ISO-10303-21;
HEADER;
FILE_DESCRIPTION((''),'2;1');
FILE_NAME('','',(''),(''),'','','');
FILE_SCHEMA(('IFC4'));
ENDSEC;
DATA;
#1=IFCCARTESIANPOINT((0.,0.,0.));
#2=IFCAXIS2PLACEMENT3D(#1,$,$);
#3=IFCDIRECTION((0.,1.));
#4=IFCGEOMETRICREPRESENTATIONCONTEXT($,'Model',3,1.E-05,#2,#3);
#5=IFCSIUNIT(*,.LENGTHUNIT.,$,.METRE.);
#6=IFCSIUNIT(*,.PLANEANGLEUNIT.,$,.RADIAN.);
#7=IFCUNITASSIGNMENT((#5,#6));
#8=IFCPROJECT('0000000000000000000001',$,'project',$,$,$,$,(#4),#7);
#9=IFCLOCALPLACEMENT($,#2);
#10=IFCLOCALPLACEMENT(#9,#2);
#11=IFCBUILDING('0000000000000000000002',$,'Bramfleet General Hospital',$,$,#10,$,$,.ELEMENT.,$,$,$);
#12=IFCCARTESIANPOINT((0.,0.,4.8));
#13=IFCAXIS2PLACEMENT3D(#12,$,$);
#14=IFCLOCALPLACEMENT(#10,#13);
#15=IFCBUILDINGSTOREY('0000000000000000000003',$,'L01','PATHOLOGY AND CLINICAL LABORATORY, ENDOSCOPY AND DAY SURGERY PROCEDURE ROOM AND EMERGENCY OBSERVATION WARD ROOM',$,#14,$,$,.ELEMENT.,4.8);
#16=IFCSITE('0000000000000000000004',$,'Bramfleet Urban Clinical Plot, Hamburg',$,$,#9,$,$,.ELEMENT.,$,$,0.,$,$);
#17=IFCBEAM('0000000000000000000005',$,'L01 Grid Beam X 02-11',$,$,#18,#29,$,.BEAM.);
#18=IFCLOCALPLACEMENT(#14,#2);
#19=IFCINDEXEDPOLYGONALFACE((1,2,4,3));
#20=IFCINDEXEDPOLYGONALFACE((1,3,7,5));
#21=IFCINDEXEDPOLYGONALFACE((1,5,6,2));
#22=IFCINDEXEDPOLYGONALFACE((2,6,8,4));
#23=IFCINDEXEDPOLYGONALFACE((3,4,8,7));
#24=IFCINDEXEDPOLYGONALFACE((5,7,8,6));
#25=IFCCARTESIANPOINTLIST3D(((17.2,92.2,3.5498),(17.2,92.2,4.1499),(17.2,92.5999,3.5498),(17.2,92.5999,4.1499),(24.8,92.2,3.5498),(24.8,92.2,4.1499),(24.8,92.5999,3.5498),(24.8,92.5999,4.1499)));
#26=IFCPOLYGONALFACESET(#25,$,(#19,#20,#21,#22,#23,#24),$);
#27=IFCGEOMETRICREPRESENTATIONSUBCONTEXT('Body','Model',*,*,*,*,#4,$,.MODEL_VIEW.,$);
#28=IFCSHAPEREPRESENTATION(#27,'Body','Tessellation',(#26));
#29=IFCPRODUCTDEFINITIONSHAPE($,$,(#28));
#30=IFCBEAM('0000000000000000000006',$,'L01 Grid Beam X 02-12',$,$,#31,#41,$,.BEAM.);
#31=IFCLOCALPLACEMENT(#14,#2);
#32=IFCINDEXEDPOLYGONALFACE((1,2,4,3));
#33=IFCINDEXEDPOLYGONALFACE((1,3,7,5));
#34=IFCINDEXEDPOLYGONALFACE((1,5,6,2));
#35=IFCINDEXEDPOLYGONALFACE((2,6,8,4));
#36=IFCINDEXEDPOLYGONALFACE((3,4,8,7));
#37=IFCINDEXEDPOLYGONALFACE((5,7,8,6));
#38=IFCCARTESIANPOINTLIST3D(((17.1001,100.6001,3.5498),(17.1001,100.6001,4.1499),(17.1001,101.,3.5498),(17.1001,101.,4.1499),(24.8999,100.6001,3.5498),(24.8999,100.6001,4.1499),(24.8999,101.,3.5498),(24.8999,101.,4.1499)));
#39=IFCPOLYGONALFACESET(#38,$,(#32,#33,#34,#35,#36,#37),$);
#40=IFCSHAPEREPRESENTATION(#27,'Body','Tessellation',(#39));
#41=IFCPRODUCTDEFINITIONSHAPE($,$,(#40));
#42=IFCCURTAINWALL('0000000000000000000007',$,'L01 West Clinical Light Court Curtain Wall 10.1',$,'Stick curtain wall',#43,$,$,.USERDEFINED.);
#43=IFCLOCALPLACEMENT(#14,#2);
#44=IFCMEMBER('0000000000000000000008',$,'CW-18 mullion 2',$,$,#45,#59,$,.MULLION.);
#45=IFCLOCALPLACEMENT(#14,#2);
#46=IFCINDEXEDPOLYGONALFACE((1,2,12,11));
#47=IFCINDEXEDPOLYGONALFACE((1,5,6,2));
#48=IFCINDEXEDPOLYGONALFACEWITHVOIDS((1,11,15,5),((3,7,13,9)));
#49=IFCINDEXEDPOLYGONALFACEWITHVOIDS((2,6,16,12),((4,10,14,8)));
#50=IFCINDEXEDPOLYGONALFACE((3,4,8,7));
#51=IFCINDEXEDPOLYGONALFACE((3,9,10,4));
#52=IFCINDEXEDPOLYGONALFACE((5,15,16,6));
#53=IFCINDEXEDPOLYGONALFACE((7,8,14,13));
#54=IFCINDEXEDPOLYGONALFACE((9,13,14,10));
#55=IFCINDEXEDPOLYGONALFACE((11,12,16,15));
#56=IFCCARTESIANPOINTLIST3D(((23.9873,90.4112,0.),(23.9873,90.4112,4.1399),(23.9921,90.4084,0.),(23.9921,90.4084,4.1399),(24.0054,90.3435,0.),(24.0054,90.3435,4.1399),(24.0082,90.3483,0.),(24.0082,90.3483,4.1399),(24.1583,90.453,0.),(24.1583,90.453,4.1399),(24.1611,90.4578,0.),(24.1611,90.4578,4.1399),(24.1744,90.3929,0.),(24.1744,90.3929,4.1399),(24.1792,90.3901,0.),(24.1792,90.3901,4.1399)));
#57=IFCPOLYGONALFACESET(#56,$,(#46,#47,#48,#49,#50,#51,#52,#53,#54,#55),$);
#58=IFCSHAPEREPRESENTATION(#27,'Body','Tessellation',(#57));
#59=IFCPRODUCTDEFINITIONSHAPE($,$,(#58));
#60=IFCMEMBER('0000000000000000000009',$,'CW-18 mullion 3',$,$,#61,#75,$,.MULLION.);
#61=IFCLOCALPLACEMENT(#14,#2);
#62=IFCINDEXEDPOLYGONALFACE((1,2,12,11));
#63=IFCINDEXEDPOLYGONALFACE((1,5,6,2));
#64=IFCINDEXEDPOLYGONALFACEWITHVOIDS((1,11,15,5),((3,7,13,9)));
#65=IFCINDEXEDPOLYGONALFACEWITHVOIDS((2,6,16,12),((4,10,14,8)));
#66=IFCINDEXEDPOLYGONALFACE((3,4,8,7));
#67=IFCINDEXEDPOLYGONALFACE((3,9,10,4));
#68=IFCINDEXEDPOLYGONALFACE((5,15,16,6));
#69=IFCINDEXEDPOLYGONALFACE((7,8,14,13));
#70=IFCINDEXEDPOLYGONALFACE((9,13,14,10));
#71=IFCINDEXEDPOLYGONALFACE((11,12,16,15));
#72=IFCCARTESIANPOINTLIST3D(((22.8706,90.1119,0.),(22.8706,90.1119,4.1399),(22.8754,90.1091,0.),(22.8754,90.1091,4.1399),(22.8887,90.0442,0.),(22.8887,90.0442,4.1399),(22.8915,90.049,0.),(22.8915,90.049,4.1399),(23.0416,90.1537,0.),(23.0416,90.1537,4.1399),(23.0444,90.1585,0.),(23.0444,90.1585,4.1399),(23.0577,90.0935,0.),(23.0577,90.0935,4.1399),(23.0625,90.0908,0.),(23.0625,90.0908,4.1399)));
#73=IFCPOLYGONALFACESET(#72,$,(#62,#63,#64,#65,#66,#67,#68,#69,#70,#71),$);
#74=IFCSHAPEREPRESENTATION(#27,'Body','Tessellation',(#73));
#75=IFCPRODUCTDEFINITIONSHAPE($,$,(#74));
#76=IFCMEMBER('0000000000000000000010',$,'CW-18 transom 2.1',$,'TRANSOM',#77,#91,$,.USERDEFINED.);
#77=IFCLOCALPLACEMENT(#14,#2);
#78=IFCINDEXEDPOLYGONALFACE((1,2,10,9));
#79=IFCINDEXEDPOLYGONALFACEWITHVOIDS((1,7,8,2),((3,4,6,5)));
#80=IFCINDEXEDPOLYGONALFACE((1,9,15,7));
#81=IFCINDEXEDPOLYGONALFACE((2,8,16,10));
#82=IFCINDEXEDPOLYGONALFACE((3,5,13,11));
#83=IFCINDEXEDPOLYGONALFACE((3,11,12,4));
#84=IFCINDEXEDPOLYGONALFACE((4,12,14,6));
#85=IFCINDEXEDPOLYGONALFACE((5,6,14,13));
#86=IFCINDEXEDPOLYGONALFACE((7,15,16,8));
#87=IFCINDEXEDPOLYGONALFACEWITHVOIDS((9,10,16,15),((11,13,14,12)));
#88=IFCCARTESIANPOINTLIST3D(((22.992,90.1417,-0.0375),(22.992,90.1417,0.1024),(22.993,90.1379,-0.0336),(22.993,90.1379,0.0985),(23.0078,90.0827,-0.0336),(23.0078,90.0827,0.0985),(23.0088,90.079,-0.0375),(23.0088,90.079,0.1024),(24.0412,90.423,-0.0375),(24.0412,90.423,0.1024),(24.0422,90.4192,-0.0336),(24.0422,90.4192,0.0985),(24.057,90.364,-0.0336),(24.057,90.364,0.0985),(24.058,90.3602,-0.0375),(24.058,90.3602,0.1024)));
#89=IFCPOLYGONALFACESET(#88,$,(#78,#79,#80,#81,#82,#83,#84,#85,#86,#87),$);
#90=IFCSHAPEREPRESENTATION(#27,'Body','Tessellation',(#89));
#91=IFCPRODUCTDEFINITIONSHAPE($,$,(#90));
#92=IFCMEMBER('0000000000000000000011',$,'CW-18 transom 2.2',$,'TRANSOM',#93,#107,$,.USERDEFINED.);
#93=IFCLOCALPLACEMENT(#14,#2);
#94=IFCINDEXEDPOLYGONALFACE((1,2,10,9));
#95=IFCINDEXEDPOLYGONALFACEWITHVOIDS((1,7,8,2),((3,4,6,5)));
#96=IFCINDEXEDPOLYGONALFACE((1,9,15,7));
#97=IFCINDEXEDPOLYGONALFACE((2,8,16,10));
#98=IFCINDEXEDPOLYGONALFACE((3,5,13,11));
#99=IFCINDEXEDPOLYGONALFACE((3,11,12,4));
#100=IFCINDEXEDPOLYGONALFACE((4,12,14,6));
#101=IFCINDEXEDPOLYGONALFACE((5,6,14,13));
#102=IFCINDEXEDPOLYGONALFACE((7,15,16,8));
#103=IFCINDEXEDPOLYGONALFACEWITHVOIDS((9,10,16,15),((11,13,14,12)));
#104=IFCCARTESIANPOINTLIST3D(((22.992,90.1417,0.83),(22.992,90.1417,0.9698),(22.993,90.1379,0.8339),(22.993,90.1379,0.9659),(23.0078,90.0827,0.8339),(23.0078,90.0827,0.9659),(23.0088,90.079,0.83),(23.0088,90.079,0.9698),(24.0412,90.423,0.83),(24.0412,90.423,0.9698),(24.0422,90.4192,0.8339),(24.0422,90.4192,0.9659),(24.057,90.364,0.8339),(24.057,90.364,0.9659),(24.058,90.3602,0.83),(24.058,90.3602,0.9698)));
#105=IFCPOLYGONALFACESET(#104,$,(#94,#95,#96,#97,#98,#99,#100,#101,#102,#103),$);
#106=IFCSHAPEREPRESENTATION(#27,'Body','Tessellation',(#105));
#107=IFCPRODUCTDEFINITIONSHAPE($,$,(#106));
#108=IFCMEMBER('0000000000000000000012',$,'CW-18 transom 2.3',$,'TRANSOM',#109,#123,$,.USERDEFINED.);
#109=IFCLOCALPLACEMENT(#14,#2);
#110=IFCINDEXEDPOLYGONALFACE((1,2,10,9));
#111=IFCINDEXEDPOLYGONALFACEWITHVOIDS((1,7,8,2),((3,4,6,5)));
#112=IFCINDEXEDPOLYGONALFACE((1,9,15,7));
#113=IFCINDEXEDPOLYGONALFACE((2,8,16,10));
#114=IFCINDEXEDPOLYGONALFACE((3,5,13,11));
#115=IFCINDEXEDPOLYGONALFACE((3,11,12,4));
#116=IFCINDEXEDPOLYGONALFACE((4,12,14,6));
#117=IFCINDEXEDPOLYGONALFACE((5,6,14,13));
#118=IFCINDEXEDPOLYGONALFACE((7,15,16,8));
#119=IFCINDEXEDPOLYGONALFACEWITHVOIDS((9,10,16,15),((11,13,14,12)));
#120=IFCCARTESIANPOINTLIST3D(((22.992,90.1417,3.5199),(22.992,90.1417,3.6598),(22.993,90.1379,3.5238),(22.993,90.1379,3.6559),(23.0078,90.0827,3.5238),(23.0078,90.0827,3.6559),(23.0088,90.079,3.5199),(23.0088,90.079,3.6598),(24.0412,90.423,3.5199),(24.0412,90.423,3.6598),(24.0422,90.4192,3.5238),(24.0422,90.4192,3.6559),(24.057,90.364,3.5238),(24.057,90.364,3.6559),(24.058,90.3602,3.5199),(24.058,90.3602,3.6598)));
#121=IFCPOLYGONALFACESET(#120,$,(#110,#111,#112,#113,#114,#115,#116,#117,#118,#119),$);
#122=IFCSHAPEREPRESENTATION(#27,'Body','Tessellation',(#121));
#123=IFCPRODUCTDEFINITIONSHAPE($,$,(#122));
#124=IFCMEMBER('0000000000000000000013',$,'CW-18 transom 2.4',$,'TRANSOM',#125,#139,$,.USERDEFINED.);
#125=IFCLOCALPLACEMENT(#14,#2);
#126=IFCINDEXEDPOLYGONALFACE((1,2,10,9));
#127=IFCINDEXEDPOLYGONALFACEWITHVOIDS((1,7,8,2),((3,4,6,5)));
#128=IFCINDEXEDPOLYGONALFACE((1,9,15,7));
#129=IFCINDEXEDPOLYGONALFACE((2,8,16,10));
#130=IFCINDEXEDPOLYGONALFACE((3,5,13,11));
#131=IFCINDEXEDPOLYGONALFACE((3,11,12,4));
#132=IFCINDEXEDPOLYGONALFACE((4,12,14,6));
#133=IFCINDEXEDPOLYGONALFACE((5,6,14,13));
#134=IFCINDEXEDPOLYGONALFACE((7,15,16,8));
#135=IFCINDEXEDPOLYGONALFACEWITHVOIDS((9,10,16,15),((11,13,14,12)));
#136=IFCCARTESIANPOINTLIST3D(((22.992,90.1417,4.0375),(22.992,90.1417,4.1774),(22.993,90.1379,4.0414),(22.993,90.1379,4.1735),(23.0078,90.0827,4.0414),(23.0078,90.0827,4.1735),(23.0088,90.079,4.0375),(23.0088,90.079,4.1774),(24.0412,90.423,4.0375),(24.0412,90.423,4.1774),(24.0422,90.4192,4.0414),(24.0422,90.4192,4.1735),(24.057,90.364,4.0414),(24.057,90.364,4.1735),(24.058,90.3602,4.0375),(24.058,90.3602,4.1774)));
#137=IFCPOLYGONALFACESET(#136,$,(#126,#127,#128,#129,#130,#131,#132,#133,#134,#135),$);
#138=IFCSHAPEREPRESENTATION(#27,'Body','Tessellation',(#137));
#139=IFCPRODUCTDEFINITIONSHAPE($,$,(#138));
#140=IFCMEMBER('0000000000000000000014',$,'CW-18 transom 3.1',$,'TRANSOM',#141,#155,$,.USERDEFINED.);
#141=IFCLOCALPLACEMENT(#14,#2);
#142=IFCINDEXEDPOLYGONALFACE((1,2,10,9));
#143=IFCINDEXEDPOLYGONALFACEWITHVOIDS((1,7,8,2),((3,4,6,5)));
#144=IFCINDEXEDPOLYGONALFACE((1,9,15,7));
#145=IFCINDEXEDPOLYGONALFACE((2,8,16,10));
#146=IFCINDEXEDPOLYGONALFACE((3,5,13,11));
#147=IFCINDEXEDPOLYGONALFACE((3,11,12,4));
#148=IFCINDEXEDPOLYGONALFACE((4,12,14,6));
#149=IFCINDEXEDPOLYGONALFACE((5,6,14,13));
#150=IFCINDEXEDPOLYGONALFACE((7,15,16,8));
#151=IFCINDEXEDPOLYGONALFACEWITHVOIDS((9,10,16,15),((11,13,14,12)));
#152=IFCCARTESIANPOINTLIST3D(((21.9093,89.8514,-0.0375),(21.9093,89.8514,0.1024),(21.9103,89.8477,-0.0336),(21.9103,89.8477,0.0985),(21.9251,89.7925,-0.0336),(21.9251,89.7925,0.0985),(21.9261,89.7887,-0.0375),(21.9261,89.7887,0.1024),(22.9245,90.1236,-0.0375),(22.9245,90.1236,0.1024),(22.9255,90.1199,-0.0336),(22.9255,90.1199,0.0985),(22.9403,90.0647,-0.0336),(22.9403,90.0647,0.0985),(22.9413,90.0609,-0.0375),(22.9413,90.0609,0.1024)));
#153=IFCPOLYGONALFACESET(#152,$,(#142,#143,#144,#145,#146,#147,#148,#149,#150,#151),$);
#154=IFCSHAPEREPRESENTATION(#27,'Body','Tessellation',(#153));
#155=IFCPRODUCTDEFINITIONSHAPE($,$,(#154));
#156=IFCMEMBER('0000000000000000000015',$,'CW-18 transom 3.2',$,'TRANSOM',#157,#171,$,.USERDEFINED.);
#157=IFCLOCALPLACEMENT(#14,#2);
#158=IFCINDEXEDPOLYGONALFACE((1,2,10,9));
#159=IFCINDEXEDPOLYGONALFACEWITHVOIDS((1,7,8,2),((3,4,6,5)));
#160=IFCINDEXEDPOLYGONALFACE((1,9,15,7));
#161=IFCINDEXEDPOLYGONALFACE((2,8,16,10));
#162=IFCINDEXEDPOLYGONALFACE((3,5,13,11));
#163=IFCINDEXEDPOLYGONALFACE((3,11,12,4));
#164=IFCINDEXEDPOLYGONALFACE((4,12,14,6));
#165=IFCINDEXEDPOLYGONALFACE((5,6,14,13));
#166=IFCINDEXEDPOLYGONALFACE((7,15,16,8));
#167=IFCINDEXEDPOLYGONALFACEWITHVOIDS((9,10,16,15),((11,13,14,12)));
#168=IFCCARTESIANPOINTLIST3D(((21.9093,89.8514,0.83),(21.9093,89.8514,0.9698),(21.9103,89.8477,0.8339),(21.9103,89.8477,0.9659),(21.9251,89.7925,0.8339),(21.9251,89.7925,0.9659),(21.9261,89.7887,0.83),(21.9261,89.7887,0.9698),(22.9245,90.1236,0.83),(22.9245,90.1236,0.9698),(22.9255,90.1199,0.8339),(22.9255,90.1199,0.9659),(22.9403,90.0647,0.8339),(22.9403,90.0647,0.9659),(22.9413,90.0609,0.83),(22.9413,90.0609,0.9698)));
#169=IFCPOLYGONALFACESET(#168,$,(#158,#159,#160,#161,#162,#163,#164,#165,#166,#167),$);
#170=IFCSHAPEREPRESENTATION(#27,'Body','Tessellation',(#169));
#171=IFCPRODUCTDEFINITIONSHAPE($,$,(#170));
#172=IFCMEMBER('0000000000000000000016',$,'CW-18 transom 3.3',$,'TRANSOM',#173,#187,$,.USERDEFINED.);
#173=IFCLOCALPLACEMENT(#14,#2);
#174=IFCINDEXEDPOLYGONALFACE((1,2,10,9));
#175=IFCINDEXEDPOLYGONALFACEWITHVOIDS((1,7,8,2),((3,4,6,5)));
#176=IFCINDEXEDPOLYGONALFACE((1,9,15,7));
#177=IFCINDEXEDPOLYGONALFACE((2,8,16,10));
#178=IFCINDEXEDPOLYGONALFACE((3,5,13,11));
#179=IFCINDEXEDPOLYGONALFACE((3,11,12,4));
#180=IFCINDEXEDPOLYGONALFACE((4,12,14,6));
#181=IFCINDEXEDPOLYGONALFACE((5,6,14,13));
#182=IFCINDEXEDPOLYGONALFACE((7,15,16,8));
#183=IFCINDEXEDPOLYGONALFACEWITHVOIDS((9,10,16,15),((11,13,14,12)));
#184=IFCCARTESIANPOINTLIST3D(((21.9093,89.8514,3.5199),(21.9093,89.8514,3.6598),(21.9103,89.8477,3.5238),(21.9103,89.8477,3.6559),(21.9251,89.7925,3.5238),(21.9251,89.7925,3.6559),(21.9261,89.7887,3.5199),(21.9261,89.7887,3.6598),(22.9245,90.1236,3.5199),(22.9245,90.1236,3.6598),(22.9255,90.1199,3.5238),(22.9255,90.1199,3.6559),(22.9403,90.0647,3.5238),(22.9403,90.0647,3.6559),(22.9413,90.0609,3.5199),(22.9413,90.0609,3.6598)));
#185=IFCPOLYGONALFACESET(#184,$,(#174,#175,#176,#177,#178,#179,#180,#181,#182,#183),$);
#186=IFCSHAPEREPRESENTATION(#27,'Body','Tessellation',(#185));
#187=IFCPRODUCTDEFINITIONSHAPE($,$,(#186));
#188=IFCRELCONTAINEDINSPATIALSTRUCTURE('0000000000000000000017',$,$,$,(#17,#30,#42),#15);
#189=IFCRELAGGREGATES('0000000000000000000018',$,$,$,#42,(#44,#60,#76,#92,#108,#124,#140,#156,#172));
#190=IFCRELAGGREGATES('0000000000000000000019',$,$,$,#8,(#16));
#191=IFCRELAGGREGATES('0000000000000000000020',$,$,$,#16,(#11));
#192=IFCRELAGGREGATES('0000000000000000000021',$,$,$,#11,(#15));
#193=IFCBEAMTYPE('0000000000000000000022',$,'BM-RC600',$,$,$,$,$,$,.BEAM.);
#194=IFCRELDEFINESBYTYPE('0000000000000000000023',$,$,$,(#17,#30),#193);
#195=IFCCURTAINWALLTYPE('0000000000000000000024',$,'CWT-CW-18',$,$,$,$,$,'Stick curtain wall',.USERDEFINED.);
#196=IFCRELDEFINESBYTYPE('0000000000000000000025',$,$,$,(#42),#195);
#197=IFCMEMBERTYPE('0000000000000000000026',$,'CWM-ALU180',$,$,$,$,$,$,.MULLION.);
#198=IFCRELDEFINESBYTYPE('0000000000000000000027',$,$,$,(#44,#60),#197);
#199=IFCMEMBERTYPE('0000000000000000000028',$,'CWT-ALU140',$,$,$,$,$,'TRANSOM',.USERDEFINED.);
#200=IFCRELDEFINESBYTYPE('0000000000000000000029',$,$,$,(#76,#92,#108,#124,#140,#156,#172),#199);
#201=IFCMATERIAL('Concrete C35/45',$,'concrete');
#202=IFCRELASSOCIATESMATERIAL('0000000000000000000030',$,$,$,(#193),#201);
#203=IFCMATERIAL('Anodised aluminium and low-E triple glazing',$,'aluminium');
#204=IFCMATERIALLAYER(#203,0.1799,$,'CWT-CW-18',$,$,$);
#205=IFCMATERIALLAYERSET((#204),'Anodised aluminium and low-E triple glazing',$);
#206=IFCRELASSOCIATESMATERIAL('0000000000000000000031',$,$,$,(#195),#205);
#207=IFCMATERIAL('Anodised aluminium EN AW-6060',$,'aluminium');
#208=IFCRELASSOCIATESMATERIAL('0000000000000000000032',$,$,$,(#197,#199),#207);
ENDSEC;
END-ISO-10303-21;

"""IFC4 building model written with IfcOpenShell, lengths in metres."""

from ifc_helpers import new_model, si_unit, direction, frame, origin, origin_2d, place, context, subcontext, project, spatial, rectangle, hollow_rectangle, extrude, material, layer, layer_set, material_profile, profile_set, type_object, element, aggregate, save


model = new_model("IFC4")

# Units and contexts
model_context = context("Model", 3, precision=1e-05, world=origin(), true_north=direction((0.0, 1.0)))
body_context = subcontext(model_context, "Body", "Model", "MODEL_VIEW")
ifc_project = project(units=[si_unit("LENGTHUNIT", "METRE"), si_unit("PLANEANGLEUNIT", "RADIAN")], contexts=[model_context])

# Site, building, storey
site_placement = place(None, origin())
site = spatial("IfcSite", under=ifc_project, at=site_placement, Name="Bramfleet Urban Clinical Plot, Hamburg", CompositionType="ELEMENT", RefElevation=0.0)
building_placement = place(site_placement, origin())
building = spatial("IfcBuilding", under=site, at=building_placement, Name="Bramfleet General Hospital", CompositionType="ELEMENT")
storey_placement = place(building_placement, frame((0.0, 0.0, 4.8)))
storey = spatial("IfcBuildingStorey", under=building, at=storey_placement, Name="L01", Description="PATHOLOGY AND CLINICAL LABORATORY, ENDOSCOPY AND DAY SURGERY PROCEDURE ROOM AND EMERGENCY OBSERVATION WARD ROOM", CompositionType="ELEMENT", Elevation=4.8)

# Beams
ifc_material_1 = material(Name="Concrete C35/45", Category="concrete")
ifc_material_profile_1 = material_profile(ifc_material_1, rectangle(XDim=0.3999, YDim=0.6001, at=origin_2d()), Name="RC BM 600x400")
ifc_profile_set_1 = profile_set([ifc_material_profile_1], Name="Concrete C35/45")
beam_type = type_object("IfcBeamType", Name="BM-RC600", PredefinedType="BEAM", material=ifc_profile_set_1)
beam_1_placement = place(storey_placement, frame((17.2, 92.3999, 3.8499), z_axis=(1.0, 0.0, 0.0), x_axis=(0.0, 1.0, 0.0)))
element("IfcBeam", 1, at=beam_1_placement, inside=storey, type_object=beam_type, Name="L01 Grid Beam X 02-11", PredefinedType="BEAM", context=body_context, shape_type="SweptSolid", body=[
    extrude(rectangle(XDim=0.3999, YDim=0.6001, at=origin_2d()), origin(), (0.0, 0.0, 1.0), 7.6001),
])
beam_2_placement = place(storey_placement, frame((17.1001, 100.8, 3.8499), z_axis=(1.0, 0.0, 0.0), x_axis=(0.0, 1.0, 0.0)))
element("IfcBeam", 2, at=beam_2_placement, inside=storey, type_object=beam_type, Name="L01 Grid Beam X 02-12", PredefinedType="BEAM", context=body_context, shape_type="SweptSolid", body=[
    extrude(rectangle(XDim=0.3999, YDim=0.6001, at=origin_2d()), origin(), (0.0, 0.0, 1.0), 7.7998),
])

# Curtain wall, members
ifc_material_2 = material(Name="Anodised aluminium and low-E triple glazing", Category="aluminium")
ifc_layer_1 = layer(ifc_material_2, 0.1799, Name="CWT-CW-18")
ifc_layer_set_1 = layer_set([ifc_layer_1], Name="Anodised aluminium and low-E triple glazing")
curtain_wall_type = type_object("IfcCurtainWallType", Name="CWT-CW-18", ElementType="Stick curtain wall", PredefinedType="USERDEFINED", material=ifc_layer_set_1)
curtain_wall_placement = place(storey_placement, origin())
curtain_wall = element("IfcCurtainWall", 3, at=curtain_wall_placement, inside=storey, type_object=curtain_wall_type, Name="L01 West Clinical Light Court Curtain Wall 10.1", ObjectType="Stick curtain wall", PredefinedType="USERDEFINED")
ifc_material_3 = material(Name="Anodised aluminium EN AW-6060", Category="aluminium")
ifc_material_profile_2 = material_profile(ifc_material_3, hollow_rectangle(XDim=0.0701, YDim=0.1799, WallThickness=0.0039, at=origin_2d()), Name="ALU 180x70x4.0")
ifc_profile_set_2 = profile_set([ifc_material_profile_2], Name="Anodised aluminium EN AW-6060")
member_type_1 = type_object("IfcMemberType", Name="CWM-ALU180", PredefinedType="MULLION", material=ifc_profile_set_2)
member_1_placement = place(storey_placement, frame((24.0833, 90.4006, 0.0), z_axis=(0.0, 0.0, 1.0), x_axis=(0.258919, -0.965899, 0.0)))
member_1 = element("IfcMember", 4, at=member_1_placement, type_object=member_type_1, Name="CW-18 mullion 2", PredefinedType="MULLION", context=body_context, shape_type="SweptSolid", body=[
    extrude(hollow_rectangle(XDim=0.0701, YDim=0.1799, WallThickness=0.0039, at=origin_2d()), origin(), (0.0, 0.0, 1.0), 4.1399),
])
member_2_placement = place(storey_placement, frame((22.9666, 90.1013, 0.0), z_axis=(0.0, 0.0, 1.0), x_axis=(0.258919, -0.965899, 0.0)))
member_2 = element("IfcMember", 5, at=member_2_placement, type_object=member_type_1, Name="CW-18 mullion 3", PredefinedType="MULLION", context=body_context, shape_type="SweptSolid", body=[
    extrude(hollow_rectangle(XDim=0.0701, YDim=0.1799, WallThickness=0.0039, at=origin_2d()), origin(), (0.0, 0.0, 1.0), 4.1399),
])
ifc_material_profile_3 = material_profile(ifc_material_3, hollow_rectangle(XDim=0.0649, YDim=0.1399, WallThickness=0.0039, at=origin_2d()), Name="ALU 140x65x4.0")
ifc_profile_set_3 = profile_set([ifc_material_profile_3], Name="Anodised aluminium EN AW-6060")
member_type_2 = type_object("IfcMemberType", Name="CWT-ALU140", ElementType="TRANSOM", PredefinedType="USERDEFINED", material=ifc_profile_set_3)
member_3_placement = place(storey_placement, frame((24.0496, 90.3916, 0.0325), z_axis=(-0.965891, -0.25895, 0.0), x_axis=(0.25895, -0.965891, 0.0)))
member_3 = element("IfcMember", 6, at=member_3_placement, type_object=member_type_2, Name="CW-18 transom 2.1", ObjectType="TRANSOM", PredefinedType="USERDEFINED", context=body_context, shape_type="SweptSolid", body=[
    extrude(hollow_rectangle(XDim=0.0649, YDim=0.1399, WallThickness=0.0039, at=origin_2d()), origin(), (0.0, 0.0, 1.0), 1.0862),
])
member_4_placement = place(storey_placement, frame((24.0496, 90.3916, 0.8999), z_axis=(-0.965891, -0.25895, 0.0), x_axis=(0.25895, -0.965891, 0.0)))
member_4 = element("IfcMember", 7, at=member_4_placement, type_object=member_type_2, Name="CW-18 transom 2.2", ObjectType="TRANSOM", PredefinedType="USERDEFINED", context=body_context, shape_type="SweptSolid", body=[
    extrude(hollow_rectangle(XDim=0.0649, YDim=0.1399, WallThickness=0.0039, at=origin_2d()), origin(), (0.0, 0.0, 1.0), 1.0862),
])
member_5_placement = place(storey_placement, frame((24.0496, 90.3916, 3.5898), z_axis=(-0.965891, -0.25895, 0.0), x_axis=(0.25895, -0.965891, 0.0)))
member_5 = element("IfcMember", 8, at=member_5_placement, type_object=member_type_2, Name="CW-18 transom 2.3", ObjectType="TRANSOM", PredefinedType="USERDEFINED", context=body_context, shape_type="SweptSolid", body=[
    extrude(hollow_rectangle(XDim=0.0649, YDim=0.1399, WallThickness=0.0039, at=origin_2d()), origin(), (0.0, 0.0, 1.0), 1.0862),
])
member_6_placement = place(storey_placement, frame((24.0496, 90.3916, 4.1074), z_axis=(-0.965891, -0.25895, 0.0), x_axis=(0.25895, -0.965891, 0.0)))
member_6 = element("IfcMember", 9, at=member_6_placement, type_object=member_type_2, Name="CW-18 transom 2.4", ObjectType="TRANSOM", PredefinedType="USERDEFINED", context=body_context, shape_type="SweptSolid", body=[
    extrude(hollow_rectangle(XDim=0.0649, YDim=0.1399, WallThickness=0.0039, at=origin_2d()), origin(), (0.0, 0.0, 1.0), 1.0862),
])
member_7_placement = place(storey_placement, frame((22.9329, 90.0923, 0.0325), z_axis=(-0.965875, -0.259007, 0.0), x_axis=(0.259007, -0.965875, 0.0)))
member_7 = element("IfcMember", 10, at=member_7_placement, type_object=member_type_2, Name="CW-18 transom 3.1", ObjectType="TRANSOM", PredefinedType="USERDEFINED", context=body_context, shape_type="SweptSolid", body=[
    extrude(hollow_rectangle(XDim=0.0649, YDim=0.1399, WallThickness=0.0039, at=origin_2d()), origin(), (0.0, 0.0, 1.0), 1.051),
])
member_8_placement = place(storey_placement, frame((22.9329, 90.0923, 0.8999), z_axis=(-0.965875, -0.259007, 0.0), x_axis=(0.259007, -0.965875, 0.0)))
member_8 = element("IfcMember", 11, at=member_8_placement, type_object=member_type_2, Name="CW-18 transom 3.2", ObjectType="TRANSOM", PredefinedType="USERDEFINED", context=body_context, shape_type="SweptSolid", body=[
    extrude(hollow_rectangle(XDim=0.0649, YDim=0.1399, WallThickness=0.0039, at=origin_2d()), origin(), (0.0, 0.0, 1.0), 1.051),
])
member_9_placement = place(storey_placement, frame((22.9329, 90.0923, 3.5898), z_axis=(-0.965875, -0.259007, 0.0), x_axis=(0.259007, -0.965875, 0.0)))
member_9 = element("IfcMember", 12, at=member_9_placement, type_object=member_type_2, Name="CW-18 transom 3.3", ObjectType="TRANSOM", PredefinedType="USERDEFINED", context=body_context, shape_type="SweptSolid", body=[
    extrude(hollow_rectangle(XDim=0.0649, YDim=0.1399, WallThickness=0.0039, at=origin_2d()), origin(), (0.0, 0.0, 1.0), 1.051),
])
aggregate(curtain_wall, [member_1, member_2, member_3, member_4, member_5, member_6, member_7, member_8, member_9])

save(model, "model.ifc")
